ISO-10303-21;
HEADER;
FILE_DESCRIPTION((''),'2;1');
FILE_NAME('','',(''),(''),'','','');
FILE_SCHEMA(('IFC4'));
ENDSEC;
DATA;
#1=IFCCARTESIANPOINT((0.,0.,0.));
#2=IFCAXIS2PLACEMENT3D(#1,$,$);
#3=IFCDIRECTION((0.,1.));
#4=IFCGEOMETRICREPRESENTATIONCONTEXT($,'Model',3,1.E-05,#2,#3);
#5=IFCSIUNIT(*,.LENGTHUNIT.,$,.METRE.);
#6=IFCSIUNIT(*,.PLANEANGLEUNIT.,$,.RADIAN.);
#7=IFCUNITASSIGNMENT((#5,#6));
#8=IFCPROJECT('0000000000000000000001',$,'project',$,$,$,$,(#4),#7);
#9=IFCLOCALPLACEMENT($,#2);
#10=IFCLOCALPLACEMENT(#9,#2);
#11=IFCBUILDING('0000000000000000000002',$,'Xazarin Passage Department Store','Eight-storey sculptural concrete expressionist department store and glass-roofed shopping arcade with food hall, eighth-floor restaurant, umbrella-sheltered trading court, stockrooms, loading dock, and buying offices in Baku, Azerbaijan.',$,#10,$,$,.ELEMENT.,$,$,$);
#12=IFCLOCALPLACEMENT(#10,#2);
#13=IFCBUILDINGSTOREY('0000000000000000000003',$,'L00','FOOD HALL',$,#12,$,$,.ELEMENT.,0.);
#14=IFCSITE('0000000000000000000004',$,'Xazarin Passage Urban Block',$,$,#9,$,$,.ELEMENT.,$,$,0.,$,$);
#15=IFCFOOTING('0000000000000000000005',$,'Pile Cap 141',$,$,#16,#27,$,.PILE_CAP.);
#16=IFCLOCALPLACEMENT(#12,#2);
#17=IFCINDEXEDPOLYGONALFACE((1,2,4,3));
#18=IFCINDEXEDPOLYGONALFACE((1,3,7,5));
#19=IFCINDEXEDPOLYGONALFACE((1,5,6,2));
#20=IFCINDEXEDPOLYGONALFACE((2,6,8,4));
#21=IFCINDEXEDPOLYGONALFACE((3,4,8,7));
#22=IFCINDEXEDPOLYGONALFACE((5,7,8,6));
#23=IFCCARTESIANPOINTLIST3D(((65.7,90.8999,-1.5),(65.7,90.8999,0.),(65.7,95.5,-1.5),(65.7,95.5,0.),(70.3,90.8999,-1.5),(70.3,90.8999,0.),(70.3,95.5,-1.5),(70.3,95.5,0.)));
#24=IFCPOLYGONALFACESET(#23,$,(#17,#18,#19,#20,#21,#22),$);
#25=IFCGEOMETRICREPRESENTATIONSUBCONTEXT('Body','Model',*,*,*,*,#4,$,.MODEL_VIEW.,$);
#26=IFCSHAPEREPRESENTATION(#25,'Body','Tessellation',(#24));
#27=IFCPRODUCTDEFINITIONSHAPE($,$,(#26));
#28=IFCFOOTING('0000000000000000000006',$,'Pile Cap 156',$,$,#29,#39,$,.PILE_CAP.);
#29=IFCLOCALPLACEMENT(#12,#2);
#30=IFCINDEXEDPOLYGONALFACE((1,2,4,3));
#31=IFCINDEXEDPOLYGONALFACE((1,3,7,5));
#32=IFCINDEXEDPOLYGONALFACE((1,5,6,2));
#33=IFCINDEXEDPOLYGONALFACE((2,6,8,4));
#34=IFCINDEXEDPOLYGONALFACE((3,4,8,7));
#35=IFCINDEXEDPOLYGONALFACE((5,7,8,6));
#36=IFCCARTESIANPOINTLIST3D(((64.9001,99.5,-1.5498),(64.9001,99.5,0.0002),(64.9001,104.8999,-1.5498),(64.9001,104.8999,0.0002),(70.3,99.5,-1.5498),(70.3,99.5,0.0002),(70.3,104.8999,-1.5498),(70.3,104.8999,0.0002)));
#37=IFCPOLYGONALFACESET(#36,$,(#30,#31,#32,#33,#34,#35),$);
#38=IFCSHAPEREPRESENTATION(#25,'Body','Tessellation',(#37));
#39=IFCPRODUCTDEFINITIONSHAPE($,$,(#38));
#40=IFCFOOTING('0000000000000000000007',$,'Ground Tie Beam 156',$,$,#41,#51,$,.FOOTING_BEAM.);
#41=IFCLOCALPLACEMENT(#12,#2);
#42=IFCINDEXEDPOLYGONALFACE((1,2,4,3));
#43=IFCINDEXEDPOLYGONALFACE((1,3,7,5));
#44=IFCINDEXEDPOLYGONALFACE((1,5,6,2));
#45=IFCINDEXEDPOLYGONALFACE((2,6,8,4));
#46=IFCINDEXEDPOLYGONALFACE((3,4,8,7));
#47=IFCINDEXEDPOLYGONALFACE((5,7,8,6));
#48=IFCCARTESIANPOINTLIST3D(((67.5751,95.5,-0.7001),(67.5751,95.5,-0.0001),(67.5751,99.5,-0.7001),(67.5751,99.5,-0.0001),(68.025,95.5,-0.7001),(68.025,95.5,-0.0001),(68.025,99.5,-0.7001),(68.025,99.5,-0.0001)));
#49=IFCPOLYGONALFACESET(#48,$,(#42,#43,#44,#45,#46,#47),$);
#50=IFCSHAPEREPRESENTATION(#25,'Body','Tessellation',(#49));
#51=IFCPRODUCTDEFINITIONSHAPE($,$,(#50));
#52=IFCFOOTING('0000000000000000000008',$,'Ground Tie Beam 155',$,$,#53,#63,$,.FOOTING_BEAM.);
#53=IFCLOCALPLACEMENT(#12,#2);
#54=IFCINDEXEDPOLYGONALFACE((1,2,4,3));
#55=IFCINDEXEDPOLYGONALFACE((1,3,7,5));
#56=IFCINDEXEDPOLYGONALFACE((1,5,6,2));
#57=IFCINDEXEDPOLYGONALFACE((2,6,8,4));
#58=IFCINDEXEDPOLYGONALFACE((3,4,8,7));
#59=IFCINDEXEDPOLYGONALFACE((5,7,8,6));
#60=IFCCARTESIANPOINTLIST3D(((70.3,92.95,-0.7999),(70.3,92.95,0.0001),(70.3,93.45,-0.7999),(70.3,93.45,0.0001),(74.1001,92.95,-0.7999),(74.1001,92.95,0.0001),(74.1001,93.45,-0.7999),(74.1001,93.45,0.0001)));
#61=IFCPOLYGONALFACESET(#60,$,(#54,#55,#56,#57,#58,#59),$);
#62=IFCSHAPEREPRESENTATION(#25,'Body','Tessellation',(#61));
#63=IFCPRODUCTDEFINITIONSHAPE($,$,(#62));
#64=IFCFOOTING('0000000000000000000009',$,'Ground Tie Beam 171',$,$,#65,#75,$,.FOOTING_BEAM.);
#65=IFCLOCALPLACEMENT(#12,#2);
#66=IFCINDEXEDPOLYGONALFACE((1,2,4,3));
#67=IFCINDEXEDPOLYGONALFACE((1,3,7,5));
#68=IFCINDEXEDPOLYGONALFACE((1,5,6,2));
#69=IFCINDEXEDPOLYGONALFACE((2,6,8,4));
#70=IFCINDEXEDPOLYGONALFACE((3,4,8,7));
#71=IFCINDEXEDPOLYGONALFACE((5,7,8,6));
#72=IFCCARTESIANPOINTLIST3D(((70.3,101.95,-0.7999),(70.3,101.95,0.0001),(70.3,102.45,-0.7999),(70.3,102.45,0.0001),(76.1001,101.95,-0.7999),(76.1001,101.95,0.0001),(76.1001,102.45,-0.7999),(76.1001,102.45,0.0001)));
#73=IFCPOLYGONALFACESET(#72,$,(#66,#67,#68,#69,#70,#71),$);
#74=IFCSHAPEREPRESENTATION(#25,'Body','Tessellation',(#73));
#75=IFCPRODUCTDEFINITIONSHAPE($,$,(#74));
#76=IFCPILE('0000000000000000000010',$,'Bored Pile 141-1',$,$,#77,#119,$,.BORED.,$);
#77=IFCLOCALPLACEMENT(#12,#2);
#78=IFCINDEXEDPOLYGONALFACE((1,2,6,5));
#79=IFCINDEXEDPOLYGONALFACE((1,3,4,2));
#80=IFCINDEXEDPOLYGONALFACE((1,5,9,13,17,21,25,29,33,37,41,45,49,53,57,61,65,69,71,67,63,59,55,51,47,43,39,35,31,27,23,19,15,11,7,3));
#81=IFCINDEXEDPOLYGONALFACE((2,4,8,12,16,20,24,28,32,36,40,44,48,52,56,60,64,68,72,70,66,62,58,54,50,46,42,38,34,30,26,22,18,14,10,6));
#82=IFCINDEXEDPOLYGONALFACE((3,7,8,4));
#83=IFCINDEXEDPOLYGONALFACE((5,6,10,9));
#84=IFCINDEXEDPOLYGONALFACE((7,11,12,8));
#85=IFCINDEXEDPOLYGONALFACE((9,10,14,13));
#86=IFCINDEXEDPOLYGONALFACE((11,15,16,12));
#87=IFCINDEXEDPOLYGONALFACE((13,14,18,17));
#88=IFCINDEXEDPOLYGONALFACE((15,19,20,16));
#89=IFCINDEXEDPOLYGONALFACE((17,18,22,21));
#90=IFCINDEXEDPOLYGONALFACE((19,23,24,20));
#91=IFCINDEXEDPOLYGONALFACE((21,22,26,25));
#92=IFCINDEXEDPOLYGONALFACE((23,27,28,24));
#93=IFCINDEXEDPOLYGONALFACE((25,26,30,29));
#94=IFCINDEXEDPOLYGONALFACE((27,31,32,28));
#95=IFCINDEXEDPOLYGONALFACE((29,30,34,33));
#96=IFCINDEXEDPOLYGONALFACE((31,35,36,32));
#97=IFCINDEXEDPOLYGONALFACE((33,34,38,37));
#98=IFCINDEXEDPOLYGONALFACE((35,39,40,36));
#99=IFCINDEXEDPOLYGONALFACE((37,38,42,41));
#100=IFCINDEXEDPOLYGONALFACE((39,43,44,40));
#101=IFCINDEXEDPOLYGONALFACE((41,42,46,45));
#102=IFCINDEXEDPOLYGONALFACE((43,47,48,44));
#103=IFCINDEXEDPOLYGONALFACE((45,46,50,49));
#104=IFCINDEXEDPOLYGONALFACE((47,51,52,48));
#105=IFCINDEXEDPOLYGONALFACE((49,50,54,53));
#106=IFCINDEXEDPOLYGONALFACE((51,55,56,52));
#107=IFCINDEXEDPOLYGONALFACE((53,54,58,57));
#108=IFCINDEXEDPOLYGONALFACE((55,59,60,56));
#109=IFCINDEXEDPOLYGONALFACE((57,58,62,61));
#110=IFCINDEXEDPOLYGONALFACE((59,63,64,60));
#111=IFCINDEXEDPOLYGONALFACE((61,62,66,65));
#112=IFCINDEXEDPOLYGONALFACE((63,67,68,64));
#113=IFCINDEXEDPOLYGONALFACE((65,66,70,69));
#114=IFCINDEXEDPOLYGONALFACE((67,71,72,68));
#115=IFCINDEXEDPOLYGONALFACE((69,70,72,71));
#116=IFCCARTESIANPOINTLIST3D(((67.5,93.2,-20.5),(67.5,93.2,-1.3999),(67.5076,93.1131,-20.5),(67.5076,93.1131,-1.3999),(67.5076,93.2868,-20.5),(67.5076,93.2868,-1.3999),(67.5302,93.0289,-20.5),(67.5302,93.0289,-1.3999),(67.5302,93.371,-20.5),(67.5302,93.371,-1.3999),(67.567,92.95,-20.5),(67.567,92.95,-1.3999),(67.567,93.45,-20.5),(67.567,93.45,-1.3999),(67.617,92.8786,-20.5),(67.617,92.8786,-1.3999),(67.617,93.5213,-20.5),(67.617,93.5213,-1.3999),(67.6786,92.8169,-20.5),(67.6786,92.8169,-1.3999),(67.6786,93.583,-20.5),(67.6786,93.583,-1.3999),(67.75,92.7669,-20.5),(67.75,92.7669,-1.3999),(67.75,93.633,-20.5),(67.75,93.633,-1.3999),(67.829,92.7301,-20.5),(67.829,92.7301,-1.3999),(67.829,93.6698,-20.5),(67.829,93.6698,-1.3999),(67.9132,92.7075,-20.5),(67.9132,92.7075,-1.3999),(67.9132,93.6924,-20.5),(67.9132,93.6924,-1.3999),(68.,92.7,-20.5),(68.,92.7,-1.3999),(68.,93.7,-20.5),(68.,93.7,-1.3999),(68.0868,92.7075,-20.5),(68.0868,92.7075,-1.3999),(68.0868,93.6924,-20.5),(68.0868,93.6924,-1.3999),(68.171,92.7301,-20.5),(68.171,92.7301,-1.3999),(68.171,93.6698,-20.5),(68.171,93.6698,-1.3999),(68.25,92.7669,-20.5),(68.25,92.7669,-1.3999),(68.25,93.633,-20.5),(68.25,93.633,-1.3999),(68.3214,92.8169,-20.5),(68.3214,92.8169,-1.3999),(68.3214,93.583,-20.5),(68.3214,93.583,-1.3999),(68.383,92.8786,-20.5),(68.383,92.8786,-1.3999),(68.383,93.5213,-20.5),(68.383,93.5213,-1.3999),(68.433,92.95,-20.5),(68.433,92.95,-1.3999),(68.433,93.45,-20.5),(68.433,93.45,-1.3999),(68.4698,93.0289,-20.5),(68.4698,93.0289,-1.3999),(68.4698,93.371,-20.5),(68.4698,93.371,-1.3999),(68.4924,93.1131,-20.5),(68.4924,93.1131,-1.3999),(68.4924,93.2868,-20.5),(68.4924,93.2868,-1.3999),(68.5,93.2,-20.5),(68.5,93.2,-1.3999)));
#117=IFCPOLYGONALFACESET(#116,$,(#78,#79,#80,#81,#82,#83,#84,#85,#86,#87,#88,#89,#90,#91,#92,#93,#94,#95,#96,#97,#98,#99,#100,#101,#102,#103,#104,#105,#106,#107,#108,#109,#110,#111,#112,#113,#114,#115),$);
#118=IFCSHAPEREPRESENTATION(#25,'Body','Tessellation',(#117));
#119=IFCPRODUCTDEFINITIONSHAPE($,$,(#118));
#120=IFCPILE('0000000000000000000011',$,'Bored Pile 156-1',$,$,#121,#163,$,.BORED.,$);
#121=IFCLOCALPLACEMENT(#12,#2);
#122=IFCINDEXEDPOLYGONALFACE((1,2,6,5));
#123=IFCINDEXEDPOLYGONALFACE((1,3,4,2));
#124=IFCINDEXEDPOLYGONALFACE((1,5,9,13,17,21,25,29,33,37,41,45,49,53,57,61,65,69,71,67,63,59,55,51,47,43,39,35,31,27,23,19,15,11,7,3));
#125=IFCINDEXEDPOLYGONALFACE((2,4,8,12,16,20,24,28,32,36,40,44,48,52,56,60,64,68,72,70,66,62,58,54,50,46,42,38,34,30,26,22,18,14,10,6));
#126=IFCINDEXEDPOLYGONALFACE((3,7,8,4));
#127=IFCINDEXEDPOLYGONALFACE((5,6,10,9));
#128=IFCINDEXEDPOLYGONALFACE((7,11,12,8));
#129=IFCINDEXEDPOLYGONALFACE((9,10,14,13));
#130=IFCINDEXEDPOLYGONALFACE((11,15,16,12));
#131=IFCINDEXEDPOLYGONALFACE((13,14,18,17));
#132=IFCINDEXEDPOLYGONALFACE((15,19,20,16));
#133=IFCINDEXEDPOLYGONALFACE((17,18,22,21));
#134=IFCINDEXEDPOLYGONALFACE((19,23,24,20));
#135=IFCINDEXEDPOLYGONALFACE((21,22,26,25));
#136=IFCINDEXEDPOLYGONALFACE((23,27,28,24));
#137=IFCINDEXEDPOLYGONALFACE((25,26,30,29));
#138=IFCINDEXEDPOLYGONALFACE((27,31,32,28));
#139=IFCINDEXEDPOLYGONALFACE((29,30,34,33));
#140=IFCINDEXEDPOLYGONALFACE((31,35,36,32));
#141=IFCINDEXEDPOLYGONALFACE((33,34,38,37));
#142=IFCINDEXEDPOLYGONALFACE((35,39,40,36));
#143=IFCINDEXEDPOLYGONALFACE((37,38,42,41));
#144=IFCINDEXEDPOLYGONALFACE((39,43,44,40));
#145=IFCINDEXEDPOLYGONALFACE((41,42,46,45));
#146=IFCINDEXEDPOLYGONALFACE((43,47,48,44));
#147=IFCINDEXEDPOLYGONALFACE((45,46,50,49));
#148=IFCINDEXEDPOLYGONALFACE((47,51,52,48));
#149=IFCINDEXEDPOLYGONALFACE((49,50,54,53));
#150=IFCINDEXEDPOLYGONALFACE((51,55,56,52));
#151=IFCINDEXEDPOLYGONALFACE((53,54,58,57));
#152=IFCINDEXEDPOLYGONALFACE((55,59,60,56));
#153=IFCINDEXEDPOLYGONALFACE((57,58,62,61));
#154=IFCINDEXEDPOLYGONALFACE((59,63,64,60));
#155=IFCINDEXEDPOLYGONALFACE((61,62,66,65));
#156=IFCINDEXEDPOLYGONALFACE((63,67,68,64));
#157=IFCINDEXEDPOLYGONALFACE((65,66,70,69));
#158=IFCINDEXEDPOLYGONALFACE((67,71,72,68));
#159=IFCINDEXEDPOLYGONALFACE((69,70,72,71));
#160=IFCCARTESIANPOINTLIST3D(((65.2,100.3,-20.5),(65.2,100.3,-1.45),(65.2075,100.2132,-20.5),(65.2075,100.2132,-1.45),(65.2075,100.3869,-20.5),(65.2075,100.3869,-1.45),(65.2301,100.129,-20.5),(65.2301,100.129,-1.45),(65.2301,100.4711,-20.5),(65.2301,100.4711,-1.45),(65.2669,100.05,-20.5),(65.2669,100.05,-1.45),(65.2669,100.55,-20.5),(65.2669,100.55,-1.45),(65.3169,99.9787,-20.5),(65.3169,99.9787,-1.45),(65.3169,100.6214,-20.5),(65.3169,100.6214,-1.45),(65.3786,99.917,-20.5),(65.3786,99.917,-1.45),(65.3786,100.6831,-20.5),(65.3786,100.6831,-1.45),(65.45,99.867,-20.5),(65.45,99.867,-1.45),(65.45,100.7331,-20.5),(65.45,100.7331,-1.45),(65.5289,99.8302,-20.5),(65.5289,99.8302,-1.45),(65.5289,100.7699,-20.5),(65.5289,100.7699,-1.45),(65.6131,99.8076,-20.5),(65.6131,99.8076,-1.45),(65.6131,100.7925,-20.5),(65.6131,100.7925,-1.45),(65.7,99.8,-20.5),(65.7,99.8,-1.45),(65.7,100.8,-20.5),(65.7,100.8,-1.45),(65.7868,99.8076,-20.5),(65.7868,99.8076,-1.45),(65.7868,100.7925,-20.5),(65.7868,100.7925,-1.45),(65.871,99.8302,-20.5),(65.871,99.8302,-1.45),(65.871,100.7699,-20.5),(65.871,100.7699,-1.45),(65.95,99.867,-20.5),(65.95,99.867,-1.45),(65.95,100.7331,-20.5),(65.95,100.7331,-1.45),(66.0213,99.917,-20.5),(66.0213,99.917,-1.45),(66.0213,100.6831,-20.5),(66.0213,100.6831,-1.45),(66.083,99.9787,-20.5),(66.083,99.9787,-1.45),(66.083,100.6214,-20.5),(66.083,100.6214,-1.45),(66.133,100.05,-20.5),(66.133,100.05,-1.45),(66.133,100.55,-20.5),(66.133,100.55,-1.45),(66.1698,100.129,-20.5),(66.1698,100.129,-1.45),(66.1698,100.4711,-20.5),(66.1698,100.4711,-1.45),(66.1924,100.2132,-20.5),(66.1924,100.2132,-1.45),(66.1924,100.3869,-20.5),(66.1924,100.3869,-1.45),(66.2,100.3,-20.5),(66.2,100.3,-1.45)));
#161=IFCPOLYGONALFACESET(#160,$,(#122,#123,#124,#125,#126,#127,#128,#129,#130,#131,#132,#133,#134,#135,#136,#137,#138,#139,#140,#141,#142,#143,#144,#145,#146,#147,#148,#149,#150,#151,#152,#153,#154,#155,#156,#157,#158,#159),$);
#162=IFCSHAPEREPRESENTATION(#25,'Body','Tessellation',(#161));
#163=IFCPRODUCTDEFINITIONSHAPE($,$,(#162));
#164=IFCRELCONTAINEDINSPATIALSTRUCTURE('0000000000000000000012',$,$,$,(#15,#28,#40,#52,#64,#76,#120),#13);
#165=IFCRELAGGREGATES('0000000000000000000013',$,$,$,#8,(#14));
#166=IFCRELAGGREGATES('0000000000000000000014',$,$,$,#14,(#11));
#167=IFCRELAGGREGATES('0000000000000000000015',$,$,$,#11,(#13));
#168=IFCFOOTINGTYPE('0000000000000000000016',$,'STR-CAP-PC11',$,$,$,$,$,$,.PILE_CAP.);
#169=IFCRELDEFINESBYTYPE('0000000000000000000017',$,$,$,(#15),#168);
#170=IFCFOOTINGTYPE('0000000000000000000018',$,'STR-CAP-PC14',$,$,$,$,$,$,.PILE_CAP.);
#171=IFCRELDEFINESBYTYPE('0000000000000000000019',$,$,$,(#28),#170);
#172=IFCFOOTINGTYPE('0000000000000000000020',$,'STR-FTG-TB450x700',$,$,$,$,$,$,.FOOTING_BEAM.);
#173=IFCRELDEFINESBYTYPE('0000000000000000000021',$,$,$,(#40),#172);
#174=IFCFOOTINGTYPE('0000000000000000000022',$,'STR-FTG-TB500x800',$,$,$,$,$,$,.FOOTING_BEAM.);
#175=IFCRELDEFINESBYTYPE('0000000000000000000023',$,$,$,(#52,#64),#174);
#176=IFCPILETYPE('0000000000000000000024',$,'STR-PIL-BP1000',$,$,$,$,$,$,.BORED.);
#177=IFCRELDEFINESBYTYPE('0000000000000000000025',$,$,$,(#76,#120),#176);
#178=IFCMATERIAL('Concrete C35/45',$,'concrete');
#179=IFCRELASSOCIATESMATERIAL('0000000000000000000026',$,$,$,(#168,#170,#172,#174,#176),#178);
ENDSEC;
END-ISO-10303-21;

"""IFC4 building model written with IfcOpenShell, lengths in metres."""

from ifc_helpers import new_model, si_unit, direction, frame, origin, origin_2d, place, context, subcontext, project, spatial, rectangle, circle, extrude, material, material_profile, profile_set, type_object, element, save


model = new_model("IFC4")

# Units and contexts
model_context = context("Model", 3, precision=1e-05, world=origin(), true_north=direction((0.0, 1.0)))
body_context = subcontext(model_context, "Body", "Model", "MODEL_VIEW")
ifc_project = project(units=[si_unit("LENGTHUNIT", "METRE"), si_unit("PLANEANGLEUNIT", "RADIAN")], contexts=[model_context])

# Site, building, storey
site_placement = place(None, origin())
site = spatial("IfcSite", under=ifc_project, at=site_placement, Name="Xazarin Passage Urban Block", CompositionType="ELEMENT", RefElevation=0.0)
building_placement = place(site_placement, origin())
building = spatial("IfcBuilding", under=site, at=building_placement, Name="Xazarin Passage Department Store", Description="Eight-storey sculptural concrete expressionist department store and glass-roofed shopping arcade with food hall, eighth-floor restaurant, umbrella-sheltered trading court, stockrooms, loading dock, and buying offices in Baku, Azerbaijan.", CompositionType="ELEMENT")
storey_placement = place(building_placement, origin())
storey = spatial("IfcBuildingStorey", under=building, at=storey_placement, Name="L00", Description="FOOD HALL", CompositionType="ELEMENT", Elevation=0.0)

# Footings
ifc_material_1 = material(Name="Concrete C35/45", Category="concrete")
footing_type_1 = type_object("IfcFootingType", Name="STR-CAP-PC11", PredefinedType="PILE_CAP", material=ifc_material_1)
footing_1_placement = place(storey_placement, frame((68.0, 93.2, -1.5), z_axis=(0.0, 0.0, 1.0), x_axis=(1.0, 0.0, 0.0)))
element("IfcFooting", 1, at=footing_1_placement, inside=storey, type_object=footing_type_1, Name="Pile Cap 141", PredefinedType="PILE_CAP", context=body_context, shape_type="SweptSolid", body=[
    extrude(rectangle(XDim=4.6001, YDim=4.6001, at=origin_2d()), origin(), (0.0, 0.0, 1.0), 1.5),
])
footing_type_2 = type_object("IfcFootingType", Name="STR-CAP-PC14", PredefinedType="PILE_CAP", material=ifc_material_1)
footing_2_placement = place(storey_placement, frame((67.6001, 102.2, -1.5498), z_axis=(0.0, 0.0, 1.0), x_axis=(1.0, 0.0, 0.0)))
element("IfcFooting", 2, at=footing_2_placement, inside=storey, type_object=footing_type_2, Name="Pile Cap 156", PredefinedType="PILE_CAP", context=body_context, shape_type="SweptSolid", body=[
    extrude(rectangle(XDim=5.3999, YDim=5.3999, at=origin_2d()), origin(), (0.0, 0.0, 1.0), 1.55),
])
ifc_material_profile_1 = material_profile(ifc_material_1, rectangle(XDim=0.45, YDim=0.7, at=origin_2d()), Name="RC 450x700")
ifc_profile_set_1 = profile_set([ifc_material_profile_1], Name="Concrete C35/45")
footing_type_3 = type_object("IfcFootingType", Name="STR-FTG-TB450x700", PredefinedType="FOOTING_BEAM", material=ifc_profile_set_1)
footing_3_placement = place(storey_placement, frame((67.8, 95.5, -0.3501), z_axis=(0.0, 1.0, 0.0), x_axis=(-1.0, 0.0, 0.0)))
element("IfcFooting", 3, at=footing_3_placement, inside=storey, type_object=footing_type_3, Name="Ground Tie Beam 156", PredefinedType="FOOTING_BEAM", context=body_context, shape_type="SweptSolid", body=[
    extrude(rectangle(XDim=0.45, YDim=0.7, at=origin_2d()), origin(), (0.0, 0.0, 1.0), 4.0),
])
ifc_material_profile_2 = material_profile(ifc_material_1, rectangle(XDim=0.5, YDim=0.8, at=origin_2d()), Name="RC 500x800")
ifc_profile_set_2 = profile_set([ifc_material_profile_2], Name="Concrete C35/45")
footing_type_4 = type_object("IfcFootingType", Name="STR-FTG-TB500x800", PredefinedType="FOOTING_BEAM", material=ifc_profile_set_2)
footing_4_placement = place(storey_placement, frame((70.3, 93.2, -0.3999), z_axis=(1.0, 0.0, 0.0), x_axis=(0.0, 1.0, 0.0)))
element("IfcFooting", 4, at=footing_4_placement, inside=storey, type_object=footing_type_4, Name="Ground Tie Beam 155", PredefinedType="FOOTING_BEAM", context=body_context, shape_type="SweptSolid", body=[
    extrude(rectangle(XDim=0.5, YDim=0.8, at=origin_2d()), origin(), (0.0, 0.0, 1.0), 3.8),
])
footing_5_placement = place(storey_placement, frame((70.3, 102.2, -0.3999), z_axis=(1.0, 0.0, 0.0), x_axis=(0.0, 1.0, 0.0)))
element("IfcFooting", 5, at=footing_5_placement, inside=storey, type_object=footing_type_4, Name="Ground Tie Beam 171", PredefinedType="FOOTING_BEAM", context=body_context, shape_type="SweptSolid", body=[
    extrude(rectangle(XDim=0.5, YDim=0.8, at=origin_2d()), origin(), (0.0, 0.0, 1.0), 5.8),
])

# Piles
ifc_material_profile_3 = material_profile(ifc_material_1, circle(Radius=0.5, at=origin_2d()), Name="BP 1000")
ifc_profile_set_3 = profile_set([ifc_material_profile_3], Name="Concrete C35/45")
pile_type_1 = type_object("IfcPileType", Name="STR-PIL-BP1000", PredefinedType="BORED", material=ifc_profile_set_3)
pile_1_placement = place(storey_placement, frame((68.0, 93.2, -1.3999), z_axis=(0.0, 0.0, -1.0), x_axis=(1.0, 0.0, 0.0)))
element("IfcPile", 6, at=pile_1_placement, inside=storey, type_object=pile_type_1, Name="Bored Pile 141-1", PredefinedType="BORED", context=body_context, shape_type="SweptSolid", body=[
    extrude(circle(Radius=0.5, at=origin_2d()), origin(), (0.0, 0.0, 1.0), 19.1001),
])
for number, where, z_axis, x_axis, name in (
    (7, (65.7, 100.3, -1.45), (0.0, 0.0, -1.0), (1.0, 0.0, 0.0), "Bored Pile 156-1"),
):
    element("IfcPile", number, at=place(storey_placement, frame(where, z_axis=z_axis, x_axis=x_axis)), inside=storey, type_object=pile_type_1, Name=name, PredefinedType="BORED", context=body_context, shape_type="SweptSolid", body=[
        extrude(circle(Radius=0.5, at=origin_2d()), origin(), (0.0, 0.0, 1.0), 19.05),
    ])

save(model, "model.ifc")
